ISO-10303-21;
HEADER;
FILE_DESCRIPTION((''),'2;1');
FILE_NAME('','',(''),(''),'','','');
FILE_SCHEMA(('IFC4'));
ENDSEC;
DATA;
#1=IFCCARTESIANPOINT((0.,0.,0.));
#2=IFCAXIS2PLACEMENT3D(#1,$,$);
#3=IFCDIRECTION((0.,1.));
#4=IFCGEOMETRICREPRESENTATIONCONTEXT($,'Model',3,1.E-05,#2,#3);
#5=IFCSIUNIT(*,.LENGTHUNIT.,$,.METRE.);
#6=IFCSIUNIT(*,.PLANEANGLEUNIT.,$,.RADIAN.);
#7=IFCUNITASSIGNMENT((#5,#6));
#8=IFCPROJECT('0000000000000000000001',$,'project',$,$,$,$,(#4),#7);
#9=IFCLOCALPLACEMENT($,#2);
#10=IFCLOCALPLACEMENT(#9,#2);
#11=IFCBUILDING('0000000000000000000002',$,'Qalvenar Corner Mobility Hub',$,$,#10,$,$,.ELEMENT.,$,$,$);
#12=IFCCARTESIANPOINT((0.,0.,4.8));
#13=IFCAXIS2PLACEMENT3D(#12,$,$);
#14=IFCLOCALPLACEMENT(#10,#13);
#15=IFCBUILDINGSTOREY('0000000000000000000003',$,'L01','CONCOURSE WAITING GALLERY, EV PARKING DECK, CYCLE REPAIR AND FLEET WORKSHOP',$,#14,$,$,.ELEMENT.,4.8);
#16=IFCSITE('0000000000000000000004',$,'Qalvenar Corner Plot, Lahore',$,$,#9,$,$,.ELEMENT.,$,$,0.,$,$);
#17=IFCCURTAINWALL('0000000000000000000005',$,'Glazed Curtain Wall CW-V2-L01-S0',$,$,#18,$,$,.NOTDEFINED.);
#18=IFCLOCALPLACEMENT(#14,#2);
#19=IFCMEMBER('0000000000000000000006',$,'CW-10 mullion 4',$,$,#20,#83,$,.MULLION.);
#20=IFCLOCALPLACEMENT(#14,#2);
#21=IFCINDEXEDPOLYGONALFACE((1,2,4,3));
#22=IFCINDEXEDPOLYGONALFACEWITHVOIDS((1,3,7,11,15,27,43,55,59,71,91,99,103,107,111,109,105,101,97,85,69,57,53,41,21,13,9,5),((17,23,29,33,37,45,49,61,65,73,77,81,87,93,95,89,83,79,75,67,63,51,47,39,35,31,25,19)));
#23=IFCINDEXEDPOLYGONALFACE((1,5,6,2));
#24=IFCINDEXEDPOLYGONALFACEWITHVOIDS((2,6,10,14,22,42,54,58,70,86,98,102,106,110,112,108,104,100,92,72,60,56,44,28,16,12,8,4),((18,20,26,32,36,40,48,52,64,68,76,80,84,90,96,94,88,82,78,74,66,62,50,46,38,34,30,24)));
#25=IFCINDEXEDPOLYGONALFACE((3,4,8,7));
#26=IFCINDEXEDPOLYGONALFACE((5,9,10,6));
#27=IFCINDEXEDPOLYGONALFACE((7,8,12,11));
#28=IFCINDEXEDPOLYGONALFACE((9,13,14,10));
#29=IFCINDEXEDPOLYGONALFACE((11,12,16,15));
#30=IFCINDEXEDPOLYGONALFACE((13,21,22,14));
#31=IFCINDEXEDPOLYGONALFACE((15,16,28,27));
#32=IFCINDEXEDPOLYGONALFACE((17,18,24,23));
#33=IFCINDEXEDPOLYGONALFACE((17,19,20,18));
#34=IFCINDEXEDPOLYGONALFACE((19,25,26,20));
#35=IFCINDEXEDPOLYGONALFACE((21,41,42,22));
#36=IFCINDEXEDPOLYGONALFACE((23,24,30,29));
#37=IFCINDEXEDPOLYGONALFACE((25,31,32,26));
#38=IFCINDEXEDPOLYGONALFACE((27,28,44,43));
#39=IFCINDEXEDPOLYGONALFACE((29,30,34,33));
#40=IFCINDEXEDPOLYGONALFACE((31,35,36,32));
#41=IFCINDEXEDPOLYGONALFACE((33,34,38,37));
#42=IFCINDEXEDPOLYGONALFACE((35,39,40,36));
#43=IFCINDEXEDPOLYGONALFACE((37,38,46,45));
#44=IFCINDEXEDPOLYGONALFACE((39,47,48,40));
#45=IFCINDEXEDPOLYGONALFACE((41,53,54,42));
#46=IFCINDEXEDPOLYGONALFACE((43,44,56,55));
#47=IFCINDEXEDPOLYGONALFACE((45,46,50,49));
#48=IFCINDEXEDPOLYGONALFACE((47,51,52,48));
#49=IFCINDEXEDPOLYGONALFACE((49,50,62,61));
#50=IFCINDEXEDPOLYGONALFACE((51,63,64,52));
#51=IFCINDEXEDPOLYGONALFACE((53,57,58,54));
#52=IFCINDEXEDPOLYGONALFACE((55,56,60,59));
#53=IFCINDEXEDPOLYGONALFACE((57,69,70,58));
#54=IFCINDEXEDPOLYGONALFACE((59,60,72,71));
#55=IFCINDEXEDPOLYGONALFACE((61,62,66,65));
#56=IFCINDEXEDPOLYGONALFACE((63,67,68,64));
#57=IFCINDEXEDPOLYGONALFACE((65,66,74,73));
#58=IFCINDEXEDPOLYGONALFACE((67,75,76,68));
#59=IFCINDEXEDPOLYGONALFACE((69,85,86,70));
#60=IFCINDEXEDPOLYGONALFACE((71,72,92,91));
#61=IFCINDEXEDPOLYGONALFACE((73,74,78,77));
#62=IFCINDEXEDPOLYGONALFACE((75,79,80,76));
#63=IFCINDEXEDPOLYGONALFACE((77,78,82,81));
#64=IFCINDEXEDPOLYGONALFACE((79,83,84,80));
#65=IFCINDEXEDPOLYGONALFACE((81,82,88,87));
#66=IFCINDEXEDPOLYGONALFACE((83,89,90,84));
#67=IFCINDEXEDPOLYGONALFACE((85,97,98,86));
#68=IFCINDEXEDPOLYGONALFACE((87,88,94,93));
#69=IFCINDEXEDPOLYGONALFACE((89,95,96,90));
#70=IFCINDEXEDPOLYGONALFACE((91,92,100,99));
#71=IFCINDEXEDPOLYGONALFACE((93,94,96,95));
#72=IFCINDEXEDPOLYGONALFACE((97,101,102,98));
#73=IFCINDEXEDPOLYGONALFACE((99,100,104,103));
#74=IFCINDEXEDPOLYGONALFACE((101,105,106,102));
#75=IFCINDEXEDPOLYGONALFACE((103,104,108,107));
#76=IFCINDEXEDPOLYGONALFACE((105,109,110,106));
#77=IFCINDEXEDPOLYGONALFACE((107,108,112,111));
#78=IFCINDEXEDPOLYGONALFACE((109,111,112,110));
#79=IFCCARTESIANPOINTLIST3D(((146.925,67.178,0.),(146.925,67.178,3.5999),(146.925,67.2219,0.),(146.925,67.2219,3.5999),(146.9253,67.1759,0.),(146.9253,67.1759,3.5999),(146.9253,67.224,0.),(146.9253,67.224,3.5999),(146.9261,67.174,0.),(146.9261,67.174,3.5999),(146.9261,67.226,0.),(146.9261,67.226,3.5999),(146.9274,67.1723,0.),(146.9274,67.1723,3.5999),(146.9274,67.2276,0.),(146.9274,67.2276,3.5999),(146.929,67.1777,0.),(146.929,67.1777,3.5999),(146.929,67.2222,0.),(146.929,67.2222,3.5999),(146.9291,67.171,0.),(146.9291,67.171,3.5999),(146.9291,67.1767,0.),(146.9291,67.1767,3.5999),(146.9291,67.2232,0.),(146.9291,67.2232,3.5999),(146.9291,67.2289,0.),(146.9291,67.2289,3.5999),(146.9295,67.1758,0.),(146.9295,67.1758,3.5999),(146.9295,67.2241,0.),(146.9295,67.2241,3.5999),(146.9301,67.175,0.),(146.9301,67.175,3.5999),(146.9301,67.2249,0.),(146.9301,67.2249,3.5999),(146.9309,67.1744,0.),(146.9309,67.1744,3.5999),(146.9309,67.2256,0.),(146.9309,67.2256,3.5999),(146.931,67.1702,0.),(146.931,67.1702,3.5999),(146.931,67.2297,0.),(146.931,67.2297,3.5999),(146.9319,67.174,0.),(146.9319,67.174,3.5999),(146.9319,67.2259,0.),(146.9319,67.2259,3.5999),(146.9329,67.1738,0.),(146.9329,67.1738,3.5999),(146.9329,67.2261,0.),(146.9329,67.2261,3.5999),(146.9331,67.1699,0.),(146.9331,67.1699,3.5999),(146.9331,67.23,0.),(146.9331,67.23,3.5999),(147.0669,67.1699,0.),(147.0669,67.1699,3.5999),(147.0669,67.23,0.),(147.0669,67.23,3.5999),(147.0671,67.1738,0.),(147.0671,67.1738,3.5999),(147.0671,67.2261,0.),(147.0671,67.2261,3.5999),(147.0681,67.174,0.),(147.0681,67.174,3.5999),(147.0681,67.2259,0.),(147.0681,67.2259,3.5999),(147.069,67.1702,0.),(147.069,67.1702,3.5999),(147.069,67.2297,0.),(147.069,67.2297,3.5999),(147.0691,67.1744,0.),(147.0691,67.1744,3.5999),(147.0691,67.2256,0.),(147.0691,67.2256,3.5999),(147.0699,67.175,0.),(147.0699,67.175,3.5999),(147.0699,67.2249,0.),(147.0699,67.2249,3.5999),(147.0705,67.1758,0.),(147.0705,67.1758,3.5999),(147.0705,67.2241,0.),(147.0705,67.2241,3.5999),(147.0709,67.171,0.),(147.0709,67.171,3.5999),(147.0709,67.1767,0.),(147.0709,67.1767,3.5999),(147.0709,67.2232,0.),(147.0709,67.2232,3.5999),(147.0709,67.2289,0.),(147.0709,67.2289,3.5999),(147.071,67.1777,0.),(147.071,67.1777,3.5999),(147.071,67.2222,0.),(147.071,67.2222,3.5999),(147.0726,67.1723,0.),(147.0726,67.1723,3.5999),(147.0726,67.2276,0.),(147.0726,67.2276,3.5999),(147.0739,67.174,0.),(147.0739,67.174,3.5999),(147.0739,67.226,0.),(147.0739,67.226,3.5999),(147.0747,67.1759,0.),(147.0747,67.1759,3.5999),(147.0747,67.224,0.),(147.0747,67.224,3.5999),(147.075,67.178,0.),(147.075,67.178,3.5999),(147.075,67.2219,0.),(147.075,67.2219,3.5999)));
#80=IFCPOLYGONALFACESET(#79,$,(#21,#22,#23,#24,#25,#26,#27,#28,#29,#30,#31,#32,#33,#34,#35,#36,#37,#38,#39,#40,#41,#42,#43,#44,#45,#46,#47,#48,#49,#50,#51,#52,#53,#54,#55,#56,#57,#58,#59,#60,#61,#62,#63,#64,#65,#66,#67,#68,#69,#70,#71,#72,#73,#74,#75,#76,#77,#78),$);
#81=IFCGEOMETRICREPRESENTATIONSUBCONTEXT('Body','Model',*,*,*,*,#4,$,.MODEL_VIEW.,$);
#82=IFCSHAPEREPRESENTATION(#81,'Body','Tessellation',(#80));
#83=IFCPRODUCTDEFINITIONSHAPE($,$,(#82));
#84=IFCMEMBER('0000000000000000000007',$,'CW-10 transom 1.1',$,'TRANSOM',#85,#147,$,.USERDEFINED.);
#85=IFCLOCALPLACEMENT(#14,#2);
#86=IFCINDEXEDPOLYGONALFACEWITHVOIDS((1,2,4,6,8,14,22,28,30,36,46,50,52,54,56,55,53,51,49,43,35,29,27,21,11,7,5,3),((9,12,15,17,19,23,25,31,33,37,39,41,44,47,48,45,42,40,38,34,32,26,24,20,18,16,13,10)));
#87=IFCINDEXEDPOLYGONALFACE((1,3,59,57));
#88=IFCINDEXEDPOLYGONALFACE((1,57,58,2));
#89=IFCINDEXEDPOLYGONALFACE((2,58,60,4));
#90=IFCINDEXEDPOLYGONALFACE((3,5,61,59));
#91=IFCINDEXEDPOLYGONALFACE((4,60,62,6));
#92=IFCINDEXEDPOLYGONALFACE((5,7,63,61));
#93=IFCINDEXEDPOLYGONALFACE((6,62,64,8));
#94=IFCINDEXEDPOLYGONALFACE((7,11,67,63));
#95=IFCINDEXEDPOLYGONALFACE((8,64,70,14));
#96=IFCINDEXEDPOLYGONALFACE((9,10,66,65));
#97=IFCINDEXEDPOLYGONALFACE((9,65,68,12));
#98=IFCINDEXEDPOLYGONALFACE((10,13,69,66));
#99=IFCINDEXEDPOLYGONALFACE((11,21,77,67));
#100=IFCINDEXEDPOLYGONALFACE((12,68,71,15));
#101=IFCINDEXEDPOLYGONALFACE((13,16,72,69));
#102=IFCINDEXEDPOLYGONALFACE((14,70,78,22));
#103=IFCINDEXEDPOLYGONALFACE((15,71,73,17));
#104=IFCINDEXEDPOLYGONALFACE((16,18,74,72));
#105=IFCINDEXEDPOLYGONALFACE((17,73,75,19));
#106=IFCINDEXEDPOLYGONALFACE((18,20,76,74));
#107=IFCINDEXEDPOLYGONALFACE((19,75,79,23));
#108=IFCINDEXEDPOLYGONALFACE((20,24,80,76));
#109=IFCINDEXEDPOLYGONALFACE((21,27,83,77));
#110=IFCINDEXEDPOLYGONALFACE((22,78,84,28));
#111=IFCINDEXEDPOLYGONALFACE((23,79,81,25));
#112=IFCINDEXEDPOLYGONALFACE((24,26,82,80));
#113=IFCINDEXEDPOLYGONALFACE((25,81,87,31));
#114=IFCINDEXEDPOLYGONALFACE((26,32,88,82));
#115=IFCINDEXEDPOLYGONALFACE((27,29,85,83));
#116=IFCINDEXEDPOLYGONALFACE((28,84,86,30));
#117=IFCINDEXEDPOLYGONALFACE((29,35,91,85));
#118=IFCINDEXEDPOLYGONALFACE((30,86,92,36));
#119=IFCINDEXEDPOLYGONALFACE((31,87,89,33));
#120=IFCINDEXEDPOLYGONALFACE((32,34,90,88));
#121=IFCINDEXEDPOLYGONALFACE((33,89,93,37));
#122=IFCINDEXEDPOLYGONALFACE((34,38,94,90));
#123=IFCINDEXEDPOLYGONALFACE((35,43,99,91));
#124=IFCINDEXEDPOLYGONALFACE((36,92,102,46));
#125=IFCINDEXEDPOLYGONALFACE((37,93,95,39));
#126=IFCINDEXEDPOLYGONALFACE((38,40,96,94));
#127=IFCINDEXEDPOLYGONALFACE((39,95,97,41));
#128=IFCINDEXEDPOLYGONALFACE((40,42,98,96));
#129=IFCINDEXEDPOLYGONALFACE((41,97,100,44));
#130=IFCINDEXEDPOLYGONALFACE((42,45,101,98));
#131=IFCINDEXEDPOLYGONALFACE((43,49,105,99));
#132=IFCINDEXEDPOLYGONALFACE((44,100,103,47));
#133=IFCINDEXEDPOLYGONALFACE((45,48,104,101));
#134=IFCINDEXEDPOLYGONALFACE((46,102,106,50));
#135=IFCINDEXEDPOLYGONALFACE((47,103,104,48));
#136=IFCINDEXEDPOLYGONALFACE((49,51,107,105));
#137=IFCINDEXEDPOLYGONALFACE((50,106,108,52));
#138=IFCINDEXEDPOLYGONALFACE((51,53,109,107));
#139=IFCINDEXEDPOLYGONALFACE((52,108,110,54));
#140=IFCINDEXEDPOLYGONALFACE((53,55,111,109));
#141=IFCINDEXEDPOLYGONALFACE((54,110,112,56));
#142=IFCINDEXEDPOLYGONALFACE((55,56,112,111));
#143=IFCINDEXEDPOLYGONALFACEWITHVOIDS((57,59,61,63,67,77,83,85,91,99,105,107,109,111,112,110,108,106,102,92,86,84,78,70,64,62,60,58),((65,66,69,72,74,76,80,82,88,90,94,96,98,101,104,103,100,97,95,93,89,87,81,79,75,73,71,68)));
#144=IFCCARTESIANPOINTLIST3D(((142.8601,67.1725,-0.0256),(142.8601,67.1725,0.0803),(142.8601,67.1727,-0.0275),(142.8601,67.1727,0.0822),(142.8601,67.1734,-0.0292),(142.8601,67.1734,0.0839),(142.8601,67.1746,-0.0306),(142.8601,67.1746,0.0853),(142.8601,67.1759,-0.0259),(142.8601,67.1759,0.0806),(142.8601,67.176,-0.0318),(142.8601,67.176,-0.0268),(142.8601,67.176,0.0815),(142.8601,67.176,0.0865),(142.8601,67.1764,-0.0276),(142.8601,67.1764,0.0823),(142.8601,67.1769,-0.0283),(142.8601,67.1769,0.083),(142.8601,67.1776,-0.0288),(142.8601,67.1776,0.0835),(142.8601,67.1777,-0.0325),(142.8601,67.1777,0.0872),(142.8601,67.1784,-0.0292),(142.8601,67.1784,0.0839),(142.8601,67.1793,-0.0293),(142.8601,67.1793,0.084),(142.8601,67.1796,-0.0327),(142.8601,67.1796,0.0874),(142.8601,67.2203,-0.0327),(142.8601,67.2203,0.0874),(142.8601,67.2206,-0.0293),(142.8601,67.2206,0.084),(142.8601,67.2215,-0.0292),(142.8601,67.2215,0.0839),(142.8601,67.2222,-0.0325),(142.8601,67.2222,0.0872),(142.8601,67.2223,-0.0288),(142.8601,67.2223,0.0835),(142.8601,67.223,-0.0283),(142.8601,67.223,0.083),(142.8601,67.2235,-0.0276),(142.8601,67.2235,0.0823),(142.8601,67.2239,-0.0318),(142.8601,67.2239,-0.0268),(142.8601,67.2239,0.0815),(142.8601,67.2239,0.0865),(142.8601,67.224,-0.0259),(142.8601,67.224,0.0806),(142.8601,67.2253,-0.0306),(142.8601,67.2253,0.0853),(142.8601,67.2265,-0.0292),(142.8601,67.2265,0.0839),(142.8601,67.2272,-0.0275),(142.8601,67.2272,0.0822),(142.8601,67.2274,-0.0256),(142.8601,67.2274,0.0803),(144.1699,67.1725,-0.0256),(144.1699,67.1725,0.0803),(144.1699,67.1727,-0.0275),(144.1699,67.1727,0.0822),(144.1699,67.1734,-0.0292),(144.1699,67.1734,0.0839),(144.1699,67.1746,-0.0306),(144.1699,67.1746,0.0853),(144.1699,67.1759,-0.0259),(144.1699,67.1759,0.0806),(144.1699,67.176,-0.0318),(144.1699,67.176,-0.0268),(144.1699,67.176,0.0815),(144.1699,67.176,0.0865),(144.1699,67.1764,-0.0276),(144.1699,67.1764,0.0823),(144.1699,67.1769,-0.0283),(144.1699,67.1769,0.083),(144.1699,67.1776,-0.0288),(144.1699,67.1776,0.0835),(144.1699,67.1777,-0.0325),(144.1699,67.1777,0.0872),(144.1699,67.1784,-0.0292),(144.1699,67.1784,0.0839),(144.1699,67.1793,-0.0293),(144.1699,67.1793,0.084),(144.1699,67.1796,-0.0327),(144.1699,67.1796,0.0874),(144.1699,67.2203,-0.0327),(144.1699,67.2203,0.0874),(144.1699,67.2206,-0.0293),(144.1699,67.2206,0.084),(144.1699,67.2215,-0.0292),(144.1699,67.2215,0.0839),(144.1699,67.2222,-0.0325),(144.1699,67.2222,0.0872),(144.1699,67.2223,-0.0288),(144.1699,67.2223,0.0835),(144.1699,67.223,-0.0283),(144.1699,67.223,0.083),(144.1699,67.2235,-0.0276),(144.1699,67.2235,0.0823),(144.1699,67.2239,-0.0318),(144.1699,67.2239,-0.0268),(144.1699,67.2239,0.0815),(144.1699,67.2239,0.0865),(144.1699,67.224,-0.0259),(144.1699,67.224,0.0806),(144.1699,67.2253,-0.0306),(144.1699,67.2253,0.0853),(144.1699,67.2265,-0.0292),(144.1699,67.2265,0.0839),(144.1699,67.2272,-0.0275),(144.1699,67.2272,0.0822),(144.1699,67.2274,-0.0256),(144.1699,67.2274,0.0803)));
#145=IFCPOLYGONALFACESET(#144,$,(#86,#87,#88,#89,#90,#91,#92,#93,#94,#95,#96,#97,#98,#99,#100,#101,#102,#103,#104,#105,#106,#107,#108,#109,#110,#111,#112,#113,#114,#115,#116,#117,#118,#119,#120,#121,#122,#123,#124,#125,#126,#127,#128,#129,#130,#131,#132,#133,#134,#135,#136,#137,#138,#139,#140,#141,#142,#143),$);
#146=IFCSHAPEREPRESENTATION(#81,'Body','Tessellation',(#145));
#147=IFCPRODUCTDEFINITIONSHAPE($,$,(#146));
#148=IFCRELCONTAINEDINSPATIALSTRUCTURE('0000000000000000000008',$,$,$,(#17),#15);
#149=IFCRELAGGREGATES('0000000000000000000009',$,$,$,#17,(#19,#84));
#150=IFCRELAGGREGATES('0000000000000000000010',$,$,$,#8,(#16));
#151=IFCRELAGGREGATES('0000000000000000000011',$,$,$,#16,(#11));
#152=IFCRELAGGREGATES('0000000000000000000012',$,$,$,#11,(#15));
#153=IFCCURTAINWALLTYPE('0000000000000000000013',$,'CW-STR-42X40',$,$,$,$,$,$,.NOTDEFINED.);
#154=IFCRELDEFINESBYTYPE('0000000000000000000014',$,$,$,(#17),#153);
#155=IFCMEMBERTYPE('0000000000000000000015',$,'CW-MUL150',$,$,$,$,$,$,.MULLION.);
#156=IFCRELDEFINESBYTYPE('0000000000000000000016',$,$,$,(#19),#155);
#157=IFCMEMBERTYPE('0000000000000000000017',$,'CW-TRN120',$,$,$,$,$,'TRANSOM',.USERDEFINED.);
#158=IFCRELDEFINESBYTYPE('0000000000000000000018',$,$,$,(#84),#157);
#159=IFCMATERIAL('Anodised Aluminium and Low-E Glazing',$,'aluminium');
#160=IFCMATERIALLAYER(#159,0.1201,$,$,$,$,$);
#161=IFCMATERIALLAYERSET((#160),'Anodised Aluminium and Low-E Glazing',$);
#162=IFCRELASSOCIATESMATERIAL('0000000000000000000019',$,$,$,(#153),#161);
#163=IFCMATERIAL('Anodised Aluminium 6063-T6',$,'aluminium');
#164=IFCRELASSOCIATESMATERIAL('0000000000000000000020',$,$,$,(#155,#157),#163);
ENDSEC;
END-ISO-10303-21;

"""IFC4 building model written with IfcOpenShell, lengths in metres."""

from ifc_helpers import new_model, si_unit, direction, frame, origin, origin_2d, place, context, subcontext, project, spatial, hollow_rectangle, extrude, material, layer, layer_set, material_profile, profile_set, type_object, element, aggregate, save


model = new_model("IFC4")

# Units and contexts
model_context = context("Model", 3, precision=1e-05, world=origin(), true_north=direction((0.0, 1.0)))
body_context = subcontext(model_context, "Body", "Model", "MODEL_VIEW")
ifc_project = project(units=[si_unit("LENGTHUNIT", "METRE"), si_unit("PLANEANGLEUNIT", "RADIAN")], contexts=[model_context])

# Site, building, storey
site_placement = place(None, origin())
site = spatial("IfcSite", under=ifc_project, at=site_placement, Name="Qalvenar Corner Plot, Lahore", CompositionType="ELEMENT", RefElevation=0.0)
building_placement = place(site_placement, origin())
building = spatial("IfcBuilding", under=site, at=building_placement, Name="Qalvenar Corner Mobility Hub", CompositionType="ELEMENT")
storey_placement = place(building_placement, frame((0.0, 0.0, 4.8)))
storey = spatial("IfcBuildingStorey", under=building, at=storey_placement, Name="L01", Description="CONCOURSE WAITING GALLERY, EV PARKING DECK, CYCLE REPAIR AND FLEET WORKSHOP", CompositionType="ELEMENT", Elevation=4.8)

# Curtain wall, members
ifc_material_1 = material(Name="Anodised Aluminium and Low-E Glazing", Category="aluminium")
ifc_layer_1 = layer(ifc_material_1, 0.1201)
ifc_layer_set_1 = layer_set([ifc_layer_1], Name="Anodised Aluminium and Low-E Glazing")
curtain_wall_type = type_object("IfcCurtainWallType", Name="CW-STR-42X40", PredefinedType="NOTDEFINED", material=ifc_layer_set_1)
curtain_wall_placement = place(storey_placement, origin())
curtain_wall = element("IfcCurtainWall", 1, at=curtain_wall_placement, inside=storey, type_object=curtain_wall_type, Name="Glazed Curtain Wall CW-V2-L01-S0", PredefinedType="NOTDEFINED")
ifc_material_2 = material(Name="Anodised Aluminium 6063-T6", Category="aluminium")
ifc_material_profile_1 = material_profile(ifc_material_2, hollow_rectangle(XDim=0.0601, YDim=0.1499, WallThickness=0.0039, InnerFilletRadius=0.0039, OuterFilletRadius=0.0081, at=origin_2d()), Name="RHS150x60x4")
ifc_profile_set_1 = profile_set([ifc_material_profile_1], Name="Anodised Aluminium 6063-T6")
member_type_1 = type_object("IfcMemberType", Name="CW-MUL150", PredefinedType="MULLION", material=ifc_profile_set_1)
member_1_placement = place(storey_placement, frame((147.0, 67.2, 0.0), z_axis=(0.0, 0.0, 1.0), x_axis=(0.0, 1.0, 0.0)))
member_1 = element("IfcMember", 2, at=member_1_placement, type_object=member_type_1, Name="CW-10 mullion 4", PredefinedType="MULLION", context=body_context, shape_type="SweptSolid", body=[
    extrude(hollow_rectangle(XDim=0.0601, YDim=0.1499, WallThickness=0.0039, InnerFilletRadius=0.0039, OuterFilletRadius=0.0081, at=origin_2d()), origin(), (0.0, 0.0, 1.0), 3.5999),
])
ifc_material_profile_2 = material_profile(ifc_material_2, hollow_rectangle(XDim=0.0549, YDim=0.1201, WallThickness=0.0034, InnerFilletRadius=0.0034, OuterFilletRadius=0.0071, at=origin_2d()), Name="RHS120x55x3.5")
ifc_profile_set_2 = profile_set([ifc_material_profile_2], Name="Anodised Aluminium 6063-T6")
member_type_2 = type_object("IfcMemberType", Name="CW-TRN120", ElementType="TRANSOM", PredefinedType="USERDEFINED", material=ifc_profile_set_2)
member_2_placement = place(storey_placement, frame((142.8601, 67.2, 0.0273), z_axis=(1.0, 0.0, 0.0), x_axis=(0.0, 1.0, 0.0)))
member_2 = element("IfcMember", 3, at=member_2_placement, type_object=member_type_2, Name="CW-10 transom 1.1", ObjectType="TRANSOM", PredefinedType="USERDEFINED", context=body_context, shape_type="SweptSolid", body=[
    extrude(hollow_rectangle(XDim=0.0549, YDim=0.1201, WallThickness=0.0034, InnerFilletRadius=0.0034, OuterFilletRadius=0.0071, at=origin_2d()), origin(), (0.0, 0.0, 1.0), 1.3098),
])
aggregate(curtain_wall, [member_1, member_2])

save(model, "model.ifc")
